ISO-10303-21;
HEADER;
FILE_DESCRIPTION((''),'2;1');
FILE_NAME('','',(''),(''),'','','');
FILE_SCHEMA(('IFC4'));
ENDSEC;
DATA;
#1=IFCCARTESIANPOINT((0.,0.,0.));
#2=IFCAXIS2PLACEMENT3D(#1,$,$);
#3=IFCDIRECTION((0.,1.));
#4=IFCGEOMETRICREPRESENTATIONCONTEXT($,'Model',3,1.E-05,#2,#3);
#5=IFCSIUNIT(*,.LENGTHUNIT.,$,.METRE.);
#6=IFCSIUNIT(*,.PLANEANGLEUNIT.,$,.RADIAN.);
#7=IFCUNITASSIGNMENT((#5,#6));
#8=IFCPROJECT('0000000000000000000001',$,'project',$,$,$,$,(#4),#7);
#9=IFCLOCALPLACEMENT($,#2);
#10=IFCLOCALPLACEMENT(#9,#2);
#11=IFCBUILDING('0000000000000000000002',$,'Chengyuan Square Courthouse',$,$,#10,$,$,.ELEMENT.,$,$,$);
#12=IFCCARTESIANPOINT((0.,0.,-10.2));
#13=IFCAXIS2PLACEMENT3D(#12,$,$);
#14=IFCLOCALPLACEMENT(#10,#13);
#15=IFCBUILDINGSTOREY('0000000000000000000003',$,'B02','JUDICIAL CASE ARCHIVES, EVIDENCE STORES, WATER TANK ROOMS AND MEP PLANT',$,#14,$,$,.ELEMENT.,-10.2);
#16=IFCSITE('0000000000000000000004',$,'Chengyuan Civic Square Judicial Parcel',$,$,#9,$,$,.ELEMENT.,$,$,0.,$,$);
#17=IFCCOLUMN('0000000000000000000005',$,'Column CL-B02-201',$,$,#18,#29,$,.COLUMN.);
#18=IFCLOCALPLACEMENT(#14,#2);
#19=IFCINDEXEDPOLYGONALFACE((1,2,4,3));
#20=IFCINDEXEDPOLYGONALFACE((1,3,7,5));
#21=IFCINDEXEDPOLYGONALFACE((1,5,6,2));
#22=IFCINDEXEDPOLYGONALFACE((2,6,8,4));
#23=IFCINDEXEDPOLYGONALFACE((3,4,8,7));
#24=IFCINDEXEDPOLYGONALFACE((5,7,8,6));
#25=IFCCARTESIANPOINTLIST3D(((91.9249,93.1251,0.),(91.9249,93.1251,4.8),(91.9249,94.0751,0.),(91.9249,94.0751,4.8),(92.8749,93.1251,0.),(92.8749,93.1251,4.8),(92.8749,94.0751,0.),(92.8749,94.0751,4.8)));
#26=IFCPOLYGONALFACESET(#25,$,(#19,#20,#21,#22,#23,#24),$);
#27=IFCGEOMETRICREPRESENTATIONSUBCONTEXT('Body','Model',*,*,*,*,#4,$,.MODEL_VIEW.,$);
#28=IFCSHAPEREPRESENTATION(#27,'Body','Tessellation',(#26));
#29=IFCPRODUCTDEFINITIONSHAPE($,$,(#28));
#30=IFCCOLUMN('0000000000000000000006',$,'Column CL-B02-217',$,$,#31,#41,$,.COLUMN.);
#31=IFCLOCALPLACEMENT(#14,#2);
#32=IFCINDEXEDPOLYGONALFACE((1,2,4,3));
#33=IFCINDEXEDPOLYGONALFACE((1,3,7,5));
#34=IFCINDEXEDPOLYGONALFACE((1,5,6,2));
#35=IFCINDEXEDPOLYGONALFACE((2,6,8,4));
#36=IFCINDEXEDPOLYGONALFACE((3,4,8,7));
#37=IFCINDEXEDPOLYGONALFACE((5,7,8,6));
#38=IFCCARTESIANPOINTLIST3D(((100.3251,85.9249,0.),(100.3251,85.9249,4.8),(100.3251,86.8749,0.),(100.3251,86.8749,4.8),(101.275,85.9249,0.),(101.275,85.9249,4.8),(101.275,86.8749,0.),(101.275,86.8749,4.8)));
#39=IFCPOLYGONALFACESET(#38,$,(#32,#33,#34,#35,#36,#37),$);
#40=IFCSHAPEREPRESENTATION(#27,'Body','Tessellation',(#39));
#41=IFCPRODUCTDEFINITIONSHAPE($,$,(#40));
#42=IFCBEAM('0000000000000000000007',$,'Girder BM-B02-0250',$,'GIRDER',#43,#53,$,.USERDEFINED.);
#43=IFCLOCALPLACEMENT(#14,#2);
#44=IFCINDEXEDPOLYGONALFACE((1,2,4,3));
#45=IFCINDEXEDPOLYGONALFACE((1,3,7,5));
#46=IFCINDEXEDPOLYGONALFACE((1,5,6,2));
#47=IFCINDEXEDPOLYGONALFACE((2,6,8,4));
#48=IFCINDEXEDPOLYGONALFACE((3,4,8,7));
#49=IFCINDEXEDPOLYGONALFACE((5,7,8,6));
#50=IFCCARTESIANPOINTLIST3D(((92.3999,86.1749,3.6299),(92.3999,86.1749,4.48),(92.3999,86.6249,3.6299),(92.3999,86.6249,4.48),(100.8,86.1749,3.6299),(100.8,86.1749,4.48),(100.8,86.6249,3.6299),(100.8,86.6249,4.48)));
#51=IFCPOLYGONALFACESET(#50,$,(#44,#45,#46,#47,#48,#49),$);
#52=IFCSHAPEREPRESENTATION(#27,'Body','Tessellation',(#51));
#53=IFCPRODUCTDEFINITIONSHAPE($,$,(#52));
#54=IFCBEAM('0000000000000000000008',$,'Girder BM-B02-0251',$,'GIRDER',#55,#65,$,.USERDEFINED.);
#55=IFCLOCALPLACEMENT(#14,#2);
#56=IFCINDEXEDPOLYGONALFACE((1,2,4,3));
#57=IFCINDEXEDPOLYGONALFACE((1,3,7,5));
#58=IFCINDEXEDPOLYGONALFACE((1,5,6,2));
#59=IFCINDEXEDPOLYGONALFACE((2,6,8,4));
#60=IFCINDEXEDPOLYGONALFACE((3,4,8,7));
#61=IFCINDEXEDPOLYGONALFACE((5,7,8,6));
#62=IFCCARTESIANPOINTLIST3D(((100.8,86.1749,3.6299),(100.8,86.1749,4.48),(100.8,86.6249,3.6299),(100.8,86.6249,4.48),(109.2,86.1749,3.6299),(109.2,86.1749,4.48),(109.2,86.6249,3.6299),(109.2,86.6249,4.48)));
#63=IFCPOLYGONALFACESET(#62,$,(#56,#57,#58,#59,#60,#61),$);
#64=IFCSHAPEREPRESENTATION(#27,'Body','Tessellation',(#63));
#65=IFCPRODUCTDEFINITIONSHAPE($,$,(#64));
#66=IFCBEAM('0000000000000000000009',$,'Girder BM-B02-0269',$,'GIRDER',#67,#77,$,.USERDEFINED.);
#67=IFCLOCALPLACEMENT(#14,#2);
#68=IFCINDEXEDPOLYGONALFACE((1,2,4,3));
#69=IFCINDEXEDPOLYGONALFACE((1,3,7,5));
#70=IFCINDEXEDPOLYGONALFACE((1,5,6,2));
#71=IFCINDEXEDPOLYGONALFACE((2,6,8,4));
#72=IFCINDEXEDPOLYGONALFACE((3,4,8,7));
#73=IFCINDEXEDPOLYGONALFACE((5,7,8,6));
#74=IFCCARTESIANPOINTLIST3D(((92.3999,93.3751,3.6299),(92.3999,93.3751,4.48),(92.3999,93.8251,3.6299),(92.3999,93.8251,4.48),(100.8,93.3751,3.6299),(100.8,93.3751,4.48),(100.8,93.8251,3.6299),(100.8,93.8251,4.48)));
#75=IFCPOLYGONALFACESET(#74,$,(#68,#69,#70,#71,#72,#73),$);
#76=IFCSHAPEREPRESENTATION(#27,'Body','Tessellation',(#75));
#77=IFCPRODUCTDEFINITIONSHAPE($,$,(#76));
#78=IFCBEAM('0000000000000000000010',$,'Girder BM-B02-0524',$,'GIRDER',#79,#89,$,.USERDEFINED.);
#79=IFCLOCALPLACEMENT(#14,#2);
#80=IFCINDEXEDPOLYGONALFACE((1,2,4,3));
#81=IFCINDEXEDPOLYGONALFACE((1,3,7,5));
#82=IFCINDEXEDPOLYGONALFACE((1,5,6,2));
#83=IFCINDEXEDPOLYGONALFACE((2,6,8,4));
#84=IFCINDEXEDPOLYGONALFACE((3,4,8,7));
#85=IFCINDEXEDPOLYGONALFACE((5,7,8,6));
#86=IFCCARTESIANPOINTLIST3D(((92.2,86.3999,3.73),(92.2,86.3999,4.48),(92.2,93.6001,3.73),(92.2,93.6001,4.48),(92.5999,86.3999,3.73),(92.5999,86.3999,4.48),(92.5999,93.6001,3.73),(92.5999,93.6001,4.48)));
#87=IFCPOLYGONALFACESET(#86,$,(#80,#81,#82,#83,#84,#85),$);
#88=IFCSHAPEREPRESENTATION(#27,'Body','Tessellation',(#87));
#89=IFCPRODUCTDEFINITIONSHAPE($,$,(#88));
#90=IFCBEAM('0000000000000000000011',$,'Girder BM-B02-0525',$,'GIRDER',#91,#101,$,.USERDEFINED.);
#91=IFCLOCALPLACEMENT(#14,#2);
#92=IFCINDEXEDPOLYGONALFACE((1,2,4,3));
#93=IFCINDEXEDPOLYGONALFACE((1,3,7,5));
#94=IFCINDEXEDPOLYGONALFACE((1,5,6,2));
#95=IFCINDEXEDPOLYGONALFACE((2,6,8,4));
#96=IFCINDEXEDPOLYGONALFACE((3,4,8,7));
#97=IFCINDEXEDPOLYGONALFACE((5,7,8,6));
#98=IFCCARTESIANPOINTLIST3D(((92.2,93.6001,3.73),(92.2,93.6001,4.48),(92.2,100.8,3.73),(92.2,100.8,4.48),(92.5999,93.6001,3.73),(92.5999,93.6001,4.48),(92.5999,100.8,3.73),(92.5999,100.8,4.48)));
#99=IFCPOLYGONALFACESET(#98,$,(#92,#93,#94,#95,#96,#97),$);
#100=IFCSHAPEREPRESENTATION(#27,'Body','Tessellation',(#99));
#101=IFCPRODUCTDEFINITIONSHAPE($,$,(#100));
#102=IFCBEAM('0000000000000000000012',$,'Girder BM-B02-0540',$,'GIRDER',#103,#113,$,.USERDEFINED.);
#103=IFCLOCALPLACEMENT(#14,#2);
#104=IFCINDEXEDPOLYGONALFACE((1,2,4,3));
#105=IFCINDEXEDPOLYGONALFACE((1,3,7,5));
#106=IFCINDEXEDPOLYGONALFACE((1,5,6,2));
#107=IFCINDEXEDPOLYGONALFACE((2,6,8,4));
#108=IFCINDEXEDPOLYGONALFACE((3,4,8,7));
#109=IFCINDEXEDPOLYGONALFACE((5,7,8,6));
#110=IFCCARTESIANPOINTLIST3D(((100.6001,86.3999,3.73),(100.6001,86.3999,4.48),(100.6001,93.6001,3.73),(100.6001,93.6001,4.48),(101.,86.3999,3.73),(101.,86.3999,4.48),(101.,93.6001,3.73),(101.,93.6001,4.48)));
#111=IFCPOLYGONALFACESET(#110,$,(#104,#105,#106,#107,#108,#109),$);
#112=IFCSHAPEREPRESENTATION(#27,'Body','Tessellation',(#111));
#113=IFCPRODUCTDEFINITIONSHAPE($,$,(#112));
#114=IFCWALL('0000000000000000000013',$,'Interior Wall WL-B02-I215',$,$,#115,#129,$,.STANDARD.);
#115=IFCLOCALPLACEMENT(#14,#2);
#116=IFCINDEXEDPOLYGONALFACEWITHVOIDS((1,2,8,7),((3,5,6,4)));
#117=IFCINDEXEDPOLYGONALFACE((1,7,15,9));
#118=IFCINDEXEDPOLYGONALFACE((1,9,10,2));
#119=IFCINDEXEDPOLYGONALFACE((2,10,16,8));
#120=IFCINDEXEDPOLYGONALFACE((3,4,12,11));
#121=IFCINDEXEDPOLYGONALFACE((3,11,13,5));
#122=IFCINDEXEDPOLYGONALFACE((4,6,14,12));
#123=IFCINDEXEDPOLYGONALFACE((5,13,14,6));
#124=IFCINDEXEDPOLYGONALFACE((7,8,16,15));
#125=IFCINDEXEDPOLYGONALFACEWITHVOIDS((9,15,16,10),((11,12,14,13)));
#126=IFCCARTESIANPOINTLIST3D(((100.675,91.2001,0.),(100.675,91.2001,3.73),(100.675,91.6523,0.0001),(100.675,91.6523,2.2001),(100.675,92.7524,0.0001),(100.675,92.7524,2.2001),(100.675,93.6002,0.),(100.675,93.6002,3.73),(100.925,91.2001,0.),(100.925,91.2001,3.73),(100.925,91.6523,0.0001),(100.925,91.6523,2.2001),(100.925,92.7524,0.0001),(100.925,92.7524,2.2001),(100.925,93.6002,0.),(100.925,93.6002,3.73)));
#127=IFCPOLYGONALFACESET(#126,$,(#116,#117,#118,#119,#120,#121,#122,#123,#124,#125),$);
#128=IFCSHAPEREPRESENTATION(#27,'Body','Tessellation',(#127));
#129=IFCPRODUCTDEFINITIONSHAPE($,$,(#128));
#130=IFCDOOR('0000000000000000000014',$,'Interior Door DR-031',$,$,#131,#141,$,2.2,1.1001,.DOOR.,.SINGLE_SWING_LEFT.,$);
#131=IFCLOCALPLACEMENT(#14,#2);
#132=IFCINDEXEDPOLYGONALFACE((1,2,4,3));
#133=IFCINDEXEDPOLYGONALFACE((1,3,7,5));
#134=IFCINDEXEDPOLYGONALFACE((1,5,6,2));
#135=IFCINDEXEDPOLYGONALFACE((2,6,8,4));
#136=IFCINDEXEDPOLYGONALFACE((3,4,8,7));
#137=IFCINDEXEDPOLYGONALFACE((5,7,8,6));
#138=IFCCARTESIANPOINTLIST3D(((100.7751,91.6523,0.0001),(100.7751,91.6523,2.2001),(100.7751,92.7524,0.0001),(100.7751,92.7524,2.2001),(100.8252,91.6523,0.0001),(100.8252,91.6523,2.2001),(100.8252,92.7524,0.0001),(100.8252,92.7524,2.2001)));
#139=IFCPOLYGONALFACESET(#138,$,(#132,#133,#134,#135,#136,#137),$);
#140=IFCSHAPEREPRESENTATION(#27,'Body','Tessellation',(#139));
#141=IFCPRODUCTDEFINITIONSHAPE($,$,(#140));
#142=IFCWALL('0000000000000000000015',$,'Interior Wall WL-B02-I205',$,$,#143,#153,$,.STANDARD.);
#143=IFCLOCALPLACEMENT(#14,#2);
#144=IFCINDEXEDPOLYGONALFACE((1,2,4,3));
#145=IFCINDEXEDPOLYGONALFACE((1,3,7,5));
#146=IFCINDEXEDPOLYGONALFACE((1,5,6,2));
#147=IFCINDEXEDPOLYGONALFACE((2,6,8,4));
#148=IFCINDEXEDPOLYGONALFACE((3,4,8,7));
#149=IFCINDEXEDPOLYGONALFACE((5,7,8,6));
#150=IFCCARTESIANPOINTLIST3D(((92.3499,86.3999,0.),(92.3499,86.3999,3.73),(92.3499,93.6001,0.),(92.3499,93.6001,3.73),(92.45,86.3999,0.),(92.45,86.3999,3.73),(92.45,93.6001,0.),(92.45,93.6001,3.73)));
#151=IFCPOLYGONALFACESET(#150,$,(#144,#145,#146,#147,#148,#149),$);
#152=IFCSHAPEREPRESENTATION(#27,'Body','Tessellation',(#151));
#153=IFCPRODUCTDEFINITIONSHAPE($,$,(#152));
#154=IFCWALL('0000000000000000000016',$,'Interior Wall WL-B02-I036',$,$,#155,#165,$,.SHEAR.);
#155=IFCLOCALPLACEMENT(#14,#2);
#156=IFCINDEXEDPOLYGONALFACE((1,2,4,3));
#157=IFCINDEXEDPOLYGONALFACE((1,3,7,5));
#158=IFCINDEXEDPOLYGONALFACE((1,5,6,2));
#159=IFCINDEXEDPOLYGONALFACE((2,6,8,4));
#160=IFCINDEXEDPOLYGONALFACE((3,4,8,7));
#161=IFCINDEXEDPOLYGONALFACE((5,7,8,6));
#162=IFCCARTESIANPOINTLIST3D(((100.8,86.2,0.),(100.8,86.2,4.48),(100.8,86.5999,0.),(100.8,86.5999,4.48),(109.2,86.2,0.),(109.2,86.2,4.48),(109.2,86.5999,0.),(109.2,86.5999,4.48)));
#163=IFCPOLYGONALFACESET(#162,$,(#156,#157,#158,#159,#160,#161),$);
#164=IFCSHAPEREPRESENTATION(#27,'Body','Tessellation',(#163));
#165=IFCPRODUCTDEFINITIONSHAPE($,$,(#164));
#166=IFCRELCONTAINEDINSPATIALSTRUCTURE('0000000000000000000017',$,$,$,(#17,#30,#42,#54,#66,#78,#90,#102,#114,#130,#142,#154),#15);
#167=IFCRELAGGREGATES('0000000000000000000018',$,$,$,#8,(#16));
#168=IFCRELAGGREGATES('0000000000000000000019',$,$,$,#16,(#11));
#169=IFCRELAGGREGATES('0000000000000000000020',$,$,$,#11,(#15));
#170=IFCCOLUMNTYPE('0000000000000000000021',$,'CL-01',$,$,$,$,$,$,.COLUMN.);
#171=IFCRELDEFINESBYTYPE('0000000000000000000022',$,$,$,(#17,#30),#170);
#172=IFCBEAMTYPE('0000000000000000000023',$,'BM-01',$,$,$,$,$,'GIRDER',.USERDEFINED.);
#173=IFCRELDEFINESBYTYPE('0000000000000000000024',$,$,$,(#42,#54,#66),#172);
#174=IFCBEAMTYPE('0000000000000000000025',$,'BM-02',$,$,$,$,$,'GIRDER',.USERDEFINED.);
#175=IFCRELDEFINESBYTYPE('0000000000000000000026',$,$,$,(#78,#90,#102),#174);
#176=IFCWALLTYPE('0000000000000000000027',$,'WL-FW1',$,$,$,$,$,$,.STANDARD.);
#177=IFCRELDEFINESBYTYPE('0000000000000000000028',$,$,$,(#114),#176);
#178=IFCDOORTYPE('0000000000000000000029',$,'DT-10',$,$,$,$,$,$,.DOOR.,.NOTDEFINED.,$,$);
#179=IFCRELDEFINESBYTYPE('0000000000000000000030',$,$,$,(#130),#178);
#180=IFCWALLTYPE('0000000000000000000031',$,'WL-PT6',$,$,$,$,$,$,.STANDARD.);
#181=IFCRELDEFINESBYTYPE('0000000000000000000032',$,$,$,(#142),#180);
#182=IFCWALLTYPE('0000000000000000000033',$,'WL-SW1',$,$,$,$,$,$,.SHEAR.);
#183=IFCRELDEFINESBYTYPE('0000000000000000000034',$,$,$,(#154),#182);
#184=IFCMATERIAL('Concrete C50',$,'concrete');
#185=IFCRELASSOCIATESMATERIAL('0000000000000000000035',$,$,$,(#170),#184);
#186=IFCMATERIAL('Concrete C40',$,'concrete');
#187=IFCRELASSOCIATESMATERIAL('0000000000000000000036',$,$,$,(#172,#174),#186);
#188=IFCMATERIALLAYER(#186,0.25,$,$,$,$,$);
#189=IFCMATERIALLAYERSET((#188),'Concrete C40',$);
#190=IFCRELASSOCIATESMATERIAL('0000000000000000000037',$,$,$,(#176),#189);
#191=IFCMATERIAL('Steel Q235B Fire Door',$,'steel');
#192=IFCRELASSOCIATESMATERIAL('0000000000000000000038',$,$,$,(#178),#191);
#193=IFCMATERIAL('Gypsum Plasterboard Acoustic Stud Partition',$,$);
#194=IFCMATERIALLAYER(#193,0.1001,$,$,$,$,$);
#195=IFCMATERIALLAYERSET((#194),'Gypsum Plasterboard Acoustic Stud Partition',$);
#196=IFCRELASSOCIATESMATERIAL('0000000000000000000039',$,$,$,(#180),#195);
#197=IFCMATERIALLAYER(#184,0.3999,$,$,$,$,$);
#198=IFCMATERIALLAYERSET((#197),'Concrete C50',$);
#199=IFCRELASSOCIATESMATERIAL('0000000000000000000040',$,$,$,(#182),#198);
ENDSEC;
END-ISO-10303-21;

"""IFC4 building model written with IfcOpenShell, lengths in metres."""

from ifc_helpers import new_model, si_unit, direction, frame, frame_2d, origin, origin_2d, place, context, subcontext, project, spatial, rectangle, extrude, material, layer, layer_set, material_profile, profile_set, type_object, element, fill, save


model = new_model("IFC4")

# Units and contexts
model_context = context("Model", 3, precision=1e-05, world=origin(), true_north=direction((0.0, 1.0)))
body_context = subcontext(model_context, "Body", "Model", "MODEL_VIEW")
ifc_project = project(units=[si_unit("LENGTHUNIT", "METRE"), si_unit("PLANEANGLEUNIT", "RADIAN")], contexts=[model_context])

# Site, building, storey
site_placement = place(None, origin())
site = spatial("IfcSite", under=ifc_project, at=site_placement, Name="Chengyuan Civic Square Judicial Parcel", CompositionType="ELEMENT", RefElevation=0.0)
building_placement = place(site_placement, origin())
building = spatial("IfcBuilding", under=site, at=building_placement, Name="Chengyuan Square Courthouse", CompositionType="ELEMENT")
storey_placement = place(building_placement, frame((0.0, 0.0, -10.2)))
storey = spatial("IfcBuildingStorey", under=building, at=storey_placement, Name="B02", Description="JUDICIAL CASE ARCHIVES, EVIDENCE STORES, WATER TANK ROOMS AND MEP PLANT", CompositionType="ELEMENT", Elevation=-10.2)

# Shared definitions
ifc_material_1 = material(Name="Concrete C40", Category="concrete")

# Columns
ifc_material_2 = material(Name="Concrete C50", Category="concrete")
ifc_material_profile_1 = material_profile(ifc_material_2, rectangle(XDim=0.95, YDim=0.95, at=origin_2d()), Name="RC-COL-950x950")
ifc_profile_set_1 = profile_set([ifc_material_profile_1], Name="Concrete C50")
column_type = type_object("IfcColumnType", Name="CL-01", PredefinedType="COLUMN", material=ifc_profile_set_1)
for number, where, z_axis, x_axis, name in (
    (1, (92.3999, 93.6001, 0.0), (0.0, 0.0, 1.0), (1.0, 0.0, 0.0), "Column CL-B02-201"),
    (2, (100.8, 86.3999, 0.0), (0.0, 0.0, 1.0), (1.0, 0.0, 0.0), "Column CL-B02-217"),
):
    element("IfcColumn", number, at=place(storey_placement, frame(where, z_axis=z_axis, x_axis=x_axis)), inside=storey, type_object=column_type, Name=name, PredefinedType="COLUMN", context=body_context, shape_type="SweptSolid", body=[
        extrude(rectangle(XDim=0.95, YDim=0.95, at=origin_2d()), origin(), (0.0, 0.0, 1.0), 4.8),
    ])

# Beams
ifc_material_profile_2 = material_profile(ifc_material_1, rectangle(XDim=0.45, YDim=0.8501, at=origin_2d()), Name="RC-BM-450x850")
ifc_profile_set_2 = profile_set([ifc_material_profile_2], Name="Concrete C40")
beam_type_1 = type_object("IfcBeamType", Name="BM-01", ElementType="GIRDER", PredefinedType="USERDEFINED", material=ifc_profile_set_2)
beam_1_placement = place(storey_placement, frame((92.3999, 86.3999, 4.0549), z_axis=(1.0, 0.0, 0.0), x_axis=(0.0, 1.0, 0.0)))
element("IfcBeam", 3, at=beam_1_placement, inside=storey, type_object=beam_type_1, Name="Girder BM-B02-0250", ObjectType="GIRDER", PredefinedType="USERDEFINED", context=body_context, shape_type="SweptSolid", body=[
    extrude(rectangle(XDim=0.45, YDim=0.8501, at=origin_2d()), origin(), (0.0, 0.0, 1.0), 8.4001),
])
beam_2_placement = place(storey_placement, frame((100.8, 86.3999, 4.0549), z_axis=(1.0, 0.0, 0.0), x_axis=(0.0, 1.0, 0.0)))
element("IfcBeam", 4, at=beam_2_placement, inside=storey, type_object=beam_type_1, Name="Girder BM-B02-0251", ObjectType="GIRDER", PredefinedType="USERDEFINED", context=body_context, shape_type="SweptSolid", body=[
    extrude(rectangle(XDim=0.45, YDim=0.8501, at=origin_2d()), origin(), (0.0, 0.0, 1.0), 8.3999),
])
beam_3_placement = place(storey_placement, frame((92.3999, 93.6001, 4.0549), z_axis=(1.0, 0.0, 0.0), x_axis=(0.0, 1.0, 0.0)))
element("IfcBeam", 5, at=beam_3_placement, inside=storey, type_object=beam_type_1, Name="Girder BM-B02-0269", ObjectType="GIRDER", PredefinedType="USERDEFINED", context=body_context, shape_type="SweptSolid", body=[
    extrude(rectangle(XDim=0.45, YDim=0.8501, at=origin_2d()), origin(), (0.0, 0.0, 1.0), 8.4001),
])
ifc_material_profile_3 = material_profile(ifc_material_1, rectangle(XDim=0.3999, YDim=0.75, at=origin_2d()), Name="RC-BM-400x750")
ifc_profile_set_3 = profile_set([ifc_material_profile_3], Name="Concrete C40")
beam_type_2 = type_object("IfcBeamType", Name="BM-02", ElementType="GIRDER", PredefinedType="USERDEFINED", material=ifc_profile_set_3)
beam_4_placement = place(storey_placement, frame((92.3999, 86.3999, 4.105), z_axis=(0.0, 1.0, 0.0), x_axis=(-1.0, 0.0, 0.0)))
element("IfcBeam", 6, at=beam_4_placement, inside=storey, type_object=beam_type_2, Name="Girder BM-B02-0524", ObjectType="GIRDER", PredefinedType="USERDEFINED", context=body_context, shape_type="SweptSolid", body=[
    extrude(rectangle(XDim=0.3999, YDim=0.75, at=origin_2d()), origin(), (0.0, 0.0, 1.0), 7.2002),
])
beam_5_placement = place(storey_placement, frame((92.3999, 93.6001, 4.105), z_axis=(0.0, 1.0, 0.0), x_axis=(-1.0, 0.0, 0.0)))
element("IfcBeam", 7, at=beam_5_placement, inside=storey, type_object=beam_type_2, Name="Girder BM-B02-0525", ObjectType="GIRDER", PredefinedType="USERDEFINED", context=body_context, shape_type="SweptSolid", body=[
    extrude(rectangle(XDim=0.3999, YDim=0.75, at=origin_2d()), origin(), (0.0, 0.0, 1.0), 7.2),
])
beam_6_placement = place(storey_placement, frame((100.8, 86.3999, 4.105), z_axis=(0.0, 1.0, 0.0), x_axis=(-1.0, 0.0, 0.0)))
element("IfcBeam", 8, at=beam_6_placement, inside=storey, type_object=beam_type_2, Name="Girder BM-B02-0540", ObjectType="GIRDER", PredefinedType="USERDEFINED", context=body_context, shape_type="SweptSolid", body=[
    extrude(rectangle(XDim=0.3999, YDim=0.75, at=origin_2d()), origin(), (0.0, 0.0, 1.0), 7.2002),
])

# Wall, opening, door
ifc_layer_1 = layer(ifc_material_1, 0.25)
ifc_layer_set_1 = layer_set([ifc_layer_1], Name="Concrete C40")
wall_type_1 = type_object("IfcWallType", Name="WL-FW1", PredefinedType="STANDARD", material=ifc_layer_set_1)
wall_1_placement = place(storey_placement, frame((100.8, 91.2, 0.0), z_axis=(0.0, 0.0, 1.0), x_axis=(0.0, 1.0, 0.0)))
wall_1 = element("IfcWall", 9, at=wall_1_placement, inside=storey, type_object=wall_type_1, Name="Interior Wall WL-B02-I215", PredefinedType="STANDARD", context=body_context, shape_type="SweptSolid", body=[
    extrude(rectangle(XDim=2.4001, YDim=0.25, at=frame_2d((1.2002, 0.0))), origin(), (0.0, 0.0, 1.0), 3.73),
])
opening_1_placement = place(wall_1_placement, frame((0.4524, 0.0, 0.0)))
opening_1 = element("IfcOpeningElement", 10, at=opening_1_placement, cuts=wall_1, PredefinedType="OPENING", context=body_context, shape_type="SweptSolid", body=[
    extrude(rectangle(XDim=1.1001, YDim=2.2, at=frame_2d((0.55, 1.1001))), frame((0.0, 0.137, 0.0), z_axis=(0.0, -1.0, 0.0), x_axis=(1.0, 0.0, 0.0)), (0.0, 0.0, 1.0), 0.2739),
])
ifc_material_3 = material(Name="Steel Q235B Fire Door", Category="steel")
door_type = type_object("IfcDoorType", Name="DT-10", OperationType="NOTDEFINED", PredefinedType="DOOR", material=ifc_material_3)
door_1_placement = place(opening_1_placement, origin())
door_1 = element("IfcDoor", 11, at=door_1_placement, inside=storey, type_object=door_type, Name="Interior Door DR-031", OperationType="SINGLE_SWING_LEFT", OverallHeight=2.2, OverallWidth=1.1001, PredefinedType="DOOR", context=body_context, shape_type="SweptSolid", body=[
    extrude(rectangle(XDim=1.1001, YDim=2.2, at=frame_2d((0.55, 1.1001))), frame((0.0, 0.0249, 0.0), z_axis=(0.0, -1.0, 0.0), x_axis=(1.0, 0.0, 0.0)), (0.0, 0.0, 1.0), 0.05),
])
fill(opening_1, door_1)

# Walls
ifc_material_4 = material(Name="Gypsum Plasterboard Acoustic Stud Partition")
ifc_layer_2 = layer(ifc_material_4, 0.1001)
ifc_layer_set_2 = layer_set([ifc_layer_2], Name="Gypsum Plasterboard Acoustic Stud Partition")
wall_type_2 = type_object("IfcWallType", Name="WL-PT6", PredefinedType="STANDARD", material=ifc_layer_set_2)
wall_2_placement = place(storey_placement, frame((92.3999, 86.3999, 0.0), z_axis=(0.0, 0.0, 1.0), x_axis=(0.0, 1.0, 0.0)))
element("IfcWall", 12, at=wall_2_placement, inside=storey, type_object=wall_type_2, Name="Interior Wall WL-B02-I205", PredefinedType="STANDARD", context=body_context, shape_type="SweptSolid", body=[
    extrude(rectangle(XDim=7.2002, YDim=0.1001, at=frame_2d((3.6001, 0.0))), origin(), (0.0, 0.0, 1.0), 3.73),
])
ifc_layer_3 = layer(ifc_material_2, 0.3999)
ifc_layer_set_3 = layer_set([ifc_layer_3], Name="Concrete C50")
wall_type_3 = type_object("IfcWallType", Name="WL-SW1", PredefinedType="SHEAR", material=ifc_layer_set_3)
wall_3_placement = place(storey_placement, frame((100.8, 86.3999, 0.0), z_axis=(0.0, 0.0, 1.0), x_axis=(1.0, 0.0, 0.0)))
element("IfcWall", 13, at=wall_3_placement, inside=storey, type_object=wall_type_3, Name="Interior Wall WL-B02-I036", PredefinedType="SHEAR", context=body_context, shape_type="SweptSolid", body=[
    extrude(rectangle(XDim=8.3999, YDim=0.3999, at=frame_2d((4.2, 0.0))), origin(), (0.0, 0.0, 1.0), 4.48),
])

save(model, "model.ifc")
